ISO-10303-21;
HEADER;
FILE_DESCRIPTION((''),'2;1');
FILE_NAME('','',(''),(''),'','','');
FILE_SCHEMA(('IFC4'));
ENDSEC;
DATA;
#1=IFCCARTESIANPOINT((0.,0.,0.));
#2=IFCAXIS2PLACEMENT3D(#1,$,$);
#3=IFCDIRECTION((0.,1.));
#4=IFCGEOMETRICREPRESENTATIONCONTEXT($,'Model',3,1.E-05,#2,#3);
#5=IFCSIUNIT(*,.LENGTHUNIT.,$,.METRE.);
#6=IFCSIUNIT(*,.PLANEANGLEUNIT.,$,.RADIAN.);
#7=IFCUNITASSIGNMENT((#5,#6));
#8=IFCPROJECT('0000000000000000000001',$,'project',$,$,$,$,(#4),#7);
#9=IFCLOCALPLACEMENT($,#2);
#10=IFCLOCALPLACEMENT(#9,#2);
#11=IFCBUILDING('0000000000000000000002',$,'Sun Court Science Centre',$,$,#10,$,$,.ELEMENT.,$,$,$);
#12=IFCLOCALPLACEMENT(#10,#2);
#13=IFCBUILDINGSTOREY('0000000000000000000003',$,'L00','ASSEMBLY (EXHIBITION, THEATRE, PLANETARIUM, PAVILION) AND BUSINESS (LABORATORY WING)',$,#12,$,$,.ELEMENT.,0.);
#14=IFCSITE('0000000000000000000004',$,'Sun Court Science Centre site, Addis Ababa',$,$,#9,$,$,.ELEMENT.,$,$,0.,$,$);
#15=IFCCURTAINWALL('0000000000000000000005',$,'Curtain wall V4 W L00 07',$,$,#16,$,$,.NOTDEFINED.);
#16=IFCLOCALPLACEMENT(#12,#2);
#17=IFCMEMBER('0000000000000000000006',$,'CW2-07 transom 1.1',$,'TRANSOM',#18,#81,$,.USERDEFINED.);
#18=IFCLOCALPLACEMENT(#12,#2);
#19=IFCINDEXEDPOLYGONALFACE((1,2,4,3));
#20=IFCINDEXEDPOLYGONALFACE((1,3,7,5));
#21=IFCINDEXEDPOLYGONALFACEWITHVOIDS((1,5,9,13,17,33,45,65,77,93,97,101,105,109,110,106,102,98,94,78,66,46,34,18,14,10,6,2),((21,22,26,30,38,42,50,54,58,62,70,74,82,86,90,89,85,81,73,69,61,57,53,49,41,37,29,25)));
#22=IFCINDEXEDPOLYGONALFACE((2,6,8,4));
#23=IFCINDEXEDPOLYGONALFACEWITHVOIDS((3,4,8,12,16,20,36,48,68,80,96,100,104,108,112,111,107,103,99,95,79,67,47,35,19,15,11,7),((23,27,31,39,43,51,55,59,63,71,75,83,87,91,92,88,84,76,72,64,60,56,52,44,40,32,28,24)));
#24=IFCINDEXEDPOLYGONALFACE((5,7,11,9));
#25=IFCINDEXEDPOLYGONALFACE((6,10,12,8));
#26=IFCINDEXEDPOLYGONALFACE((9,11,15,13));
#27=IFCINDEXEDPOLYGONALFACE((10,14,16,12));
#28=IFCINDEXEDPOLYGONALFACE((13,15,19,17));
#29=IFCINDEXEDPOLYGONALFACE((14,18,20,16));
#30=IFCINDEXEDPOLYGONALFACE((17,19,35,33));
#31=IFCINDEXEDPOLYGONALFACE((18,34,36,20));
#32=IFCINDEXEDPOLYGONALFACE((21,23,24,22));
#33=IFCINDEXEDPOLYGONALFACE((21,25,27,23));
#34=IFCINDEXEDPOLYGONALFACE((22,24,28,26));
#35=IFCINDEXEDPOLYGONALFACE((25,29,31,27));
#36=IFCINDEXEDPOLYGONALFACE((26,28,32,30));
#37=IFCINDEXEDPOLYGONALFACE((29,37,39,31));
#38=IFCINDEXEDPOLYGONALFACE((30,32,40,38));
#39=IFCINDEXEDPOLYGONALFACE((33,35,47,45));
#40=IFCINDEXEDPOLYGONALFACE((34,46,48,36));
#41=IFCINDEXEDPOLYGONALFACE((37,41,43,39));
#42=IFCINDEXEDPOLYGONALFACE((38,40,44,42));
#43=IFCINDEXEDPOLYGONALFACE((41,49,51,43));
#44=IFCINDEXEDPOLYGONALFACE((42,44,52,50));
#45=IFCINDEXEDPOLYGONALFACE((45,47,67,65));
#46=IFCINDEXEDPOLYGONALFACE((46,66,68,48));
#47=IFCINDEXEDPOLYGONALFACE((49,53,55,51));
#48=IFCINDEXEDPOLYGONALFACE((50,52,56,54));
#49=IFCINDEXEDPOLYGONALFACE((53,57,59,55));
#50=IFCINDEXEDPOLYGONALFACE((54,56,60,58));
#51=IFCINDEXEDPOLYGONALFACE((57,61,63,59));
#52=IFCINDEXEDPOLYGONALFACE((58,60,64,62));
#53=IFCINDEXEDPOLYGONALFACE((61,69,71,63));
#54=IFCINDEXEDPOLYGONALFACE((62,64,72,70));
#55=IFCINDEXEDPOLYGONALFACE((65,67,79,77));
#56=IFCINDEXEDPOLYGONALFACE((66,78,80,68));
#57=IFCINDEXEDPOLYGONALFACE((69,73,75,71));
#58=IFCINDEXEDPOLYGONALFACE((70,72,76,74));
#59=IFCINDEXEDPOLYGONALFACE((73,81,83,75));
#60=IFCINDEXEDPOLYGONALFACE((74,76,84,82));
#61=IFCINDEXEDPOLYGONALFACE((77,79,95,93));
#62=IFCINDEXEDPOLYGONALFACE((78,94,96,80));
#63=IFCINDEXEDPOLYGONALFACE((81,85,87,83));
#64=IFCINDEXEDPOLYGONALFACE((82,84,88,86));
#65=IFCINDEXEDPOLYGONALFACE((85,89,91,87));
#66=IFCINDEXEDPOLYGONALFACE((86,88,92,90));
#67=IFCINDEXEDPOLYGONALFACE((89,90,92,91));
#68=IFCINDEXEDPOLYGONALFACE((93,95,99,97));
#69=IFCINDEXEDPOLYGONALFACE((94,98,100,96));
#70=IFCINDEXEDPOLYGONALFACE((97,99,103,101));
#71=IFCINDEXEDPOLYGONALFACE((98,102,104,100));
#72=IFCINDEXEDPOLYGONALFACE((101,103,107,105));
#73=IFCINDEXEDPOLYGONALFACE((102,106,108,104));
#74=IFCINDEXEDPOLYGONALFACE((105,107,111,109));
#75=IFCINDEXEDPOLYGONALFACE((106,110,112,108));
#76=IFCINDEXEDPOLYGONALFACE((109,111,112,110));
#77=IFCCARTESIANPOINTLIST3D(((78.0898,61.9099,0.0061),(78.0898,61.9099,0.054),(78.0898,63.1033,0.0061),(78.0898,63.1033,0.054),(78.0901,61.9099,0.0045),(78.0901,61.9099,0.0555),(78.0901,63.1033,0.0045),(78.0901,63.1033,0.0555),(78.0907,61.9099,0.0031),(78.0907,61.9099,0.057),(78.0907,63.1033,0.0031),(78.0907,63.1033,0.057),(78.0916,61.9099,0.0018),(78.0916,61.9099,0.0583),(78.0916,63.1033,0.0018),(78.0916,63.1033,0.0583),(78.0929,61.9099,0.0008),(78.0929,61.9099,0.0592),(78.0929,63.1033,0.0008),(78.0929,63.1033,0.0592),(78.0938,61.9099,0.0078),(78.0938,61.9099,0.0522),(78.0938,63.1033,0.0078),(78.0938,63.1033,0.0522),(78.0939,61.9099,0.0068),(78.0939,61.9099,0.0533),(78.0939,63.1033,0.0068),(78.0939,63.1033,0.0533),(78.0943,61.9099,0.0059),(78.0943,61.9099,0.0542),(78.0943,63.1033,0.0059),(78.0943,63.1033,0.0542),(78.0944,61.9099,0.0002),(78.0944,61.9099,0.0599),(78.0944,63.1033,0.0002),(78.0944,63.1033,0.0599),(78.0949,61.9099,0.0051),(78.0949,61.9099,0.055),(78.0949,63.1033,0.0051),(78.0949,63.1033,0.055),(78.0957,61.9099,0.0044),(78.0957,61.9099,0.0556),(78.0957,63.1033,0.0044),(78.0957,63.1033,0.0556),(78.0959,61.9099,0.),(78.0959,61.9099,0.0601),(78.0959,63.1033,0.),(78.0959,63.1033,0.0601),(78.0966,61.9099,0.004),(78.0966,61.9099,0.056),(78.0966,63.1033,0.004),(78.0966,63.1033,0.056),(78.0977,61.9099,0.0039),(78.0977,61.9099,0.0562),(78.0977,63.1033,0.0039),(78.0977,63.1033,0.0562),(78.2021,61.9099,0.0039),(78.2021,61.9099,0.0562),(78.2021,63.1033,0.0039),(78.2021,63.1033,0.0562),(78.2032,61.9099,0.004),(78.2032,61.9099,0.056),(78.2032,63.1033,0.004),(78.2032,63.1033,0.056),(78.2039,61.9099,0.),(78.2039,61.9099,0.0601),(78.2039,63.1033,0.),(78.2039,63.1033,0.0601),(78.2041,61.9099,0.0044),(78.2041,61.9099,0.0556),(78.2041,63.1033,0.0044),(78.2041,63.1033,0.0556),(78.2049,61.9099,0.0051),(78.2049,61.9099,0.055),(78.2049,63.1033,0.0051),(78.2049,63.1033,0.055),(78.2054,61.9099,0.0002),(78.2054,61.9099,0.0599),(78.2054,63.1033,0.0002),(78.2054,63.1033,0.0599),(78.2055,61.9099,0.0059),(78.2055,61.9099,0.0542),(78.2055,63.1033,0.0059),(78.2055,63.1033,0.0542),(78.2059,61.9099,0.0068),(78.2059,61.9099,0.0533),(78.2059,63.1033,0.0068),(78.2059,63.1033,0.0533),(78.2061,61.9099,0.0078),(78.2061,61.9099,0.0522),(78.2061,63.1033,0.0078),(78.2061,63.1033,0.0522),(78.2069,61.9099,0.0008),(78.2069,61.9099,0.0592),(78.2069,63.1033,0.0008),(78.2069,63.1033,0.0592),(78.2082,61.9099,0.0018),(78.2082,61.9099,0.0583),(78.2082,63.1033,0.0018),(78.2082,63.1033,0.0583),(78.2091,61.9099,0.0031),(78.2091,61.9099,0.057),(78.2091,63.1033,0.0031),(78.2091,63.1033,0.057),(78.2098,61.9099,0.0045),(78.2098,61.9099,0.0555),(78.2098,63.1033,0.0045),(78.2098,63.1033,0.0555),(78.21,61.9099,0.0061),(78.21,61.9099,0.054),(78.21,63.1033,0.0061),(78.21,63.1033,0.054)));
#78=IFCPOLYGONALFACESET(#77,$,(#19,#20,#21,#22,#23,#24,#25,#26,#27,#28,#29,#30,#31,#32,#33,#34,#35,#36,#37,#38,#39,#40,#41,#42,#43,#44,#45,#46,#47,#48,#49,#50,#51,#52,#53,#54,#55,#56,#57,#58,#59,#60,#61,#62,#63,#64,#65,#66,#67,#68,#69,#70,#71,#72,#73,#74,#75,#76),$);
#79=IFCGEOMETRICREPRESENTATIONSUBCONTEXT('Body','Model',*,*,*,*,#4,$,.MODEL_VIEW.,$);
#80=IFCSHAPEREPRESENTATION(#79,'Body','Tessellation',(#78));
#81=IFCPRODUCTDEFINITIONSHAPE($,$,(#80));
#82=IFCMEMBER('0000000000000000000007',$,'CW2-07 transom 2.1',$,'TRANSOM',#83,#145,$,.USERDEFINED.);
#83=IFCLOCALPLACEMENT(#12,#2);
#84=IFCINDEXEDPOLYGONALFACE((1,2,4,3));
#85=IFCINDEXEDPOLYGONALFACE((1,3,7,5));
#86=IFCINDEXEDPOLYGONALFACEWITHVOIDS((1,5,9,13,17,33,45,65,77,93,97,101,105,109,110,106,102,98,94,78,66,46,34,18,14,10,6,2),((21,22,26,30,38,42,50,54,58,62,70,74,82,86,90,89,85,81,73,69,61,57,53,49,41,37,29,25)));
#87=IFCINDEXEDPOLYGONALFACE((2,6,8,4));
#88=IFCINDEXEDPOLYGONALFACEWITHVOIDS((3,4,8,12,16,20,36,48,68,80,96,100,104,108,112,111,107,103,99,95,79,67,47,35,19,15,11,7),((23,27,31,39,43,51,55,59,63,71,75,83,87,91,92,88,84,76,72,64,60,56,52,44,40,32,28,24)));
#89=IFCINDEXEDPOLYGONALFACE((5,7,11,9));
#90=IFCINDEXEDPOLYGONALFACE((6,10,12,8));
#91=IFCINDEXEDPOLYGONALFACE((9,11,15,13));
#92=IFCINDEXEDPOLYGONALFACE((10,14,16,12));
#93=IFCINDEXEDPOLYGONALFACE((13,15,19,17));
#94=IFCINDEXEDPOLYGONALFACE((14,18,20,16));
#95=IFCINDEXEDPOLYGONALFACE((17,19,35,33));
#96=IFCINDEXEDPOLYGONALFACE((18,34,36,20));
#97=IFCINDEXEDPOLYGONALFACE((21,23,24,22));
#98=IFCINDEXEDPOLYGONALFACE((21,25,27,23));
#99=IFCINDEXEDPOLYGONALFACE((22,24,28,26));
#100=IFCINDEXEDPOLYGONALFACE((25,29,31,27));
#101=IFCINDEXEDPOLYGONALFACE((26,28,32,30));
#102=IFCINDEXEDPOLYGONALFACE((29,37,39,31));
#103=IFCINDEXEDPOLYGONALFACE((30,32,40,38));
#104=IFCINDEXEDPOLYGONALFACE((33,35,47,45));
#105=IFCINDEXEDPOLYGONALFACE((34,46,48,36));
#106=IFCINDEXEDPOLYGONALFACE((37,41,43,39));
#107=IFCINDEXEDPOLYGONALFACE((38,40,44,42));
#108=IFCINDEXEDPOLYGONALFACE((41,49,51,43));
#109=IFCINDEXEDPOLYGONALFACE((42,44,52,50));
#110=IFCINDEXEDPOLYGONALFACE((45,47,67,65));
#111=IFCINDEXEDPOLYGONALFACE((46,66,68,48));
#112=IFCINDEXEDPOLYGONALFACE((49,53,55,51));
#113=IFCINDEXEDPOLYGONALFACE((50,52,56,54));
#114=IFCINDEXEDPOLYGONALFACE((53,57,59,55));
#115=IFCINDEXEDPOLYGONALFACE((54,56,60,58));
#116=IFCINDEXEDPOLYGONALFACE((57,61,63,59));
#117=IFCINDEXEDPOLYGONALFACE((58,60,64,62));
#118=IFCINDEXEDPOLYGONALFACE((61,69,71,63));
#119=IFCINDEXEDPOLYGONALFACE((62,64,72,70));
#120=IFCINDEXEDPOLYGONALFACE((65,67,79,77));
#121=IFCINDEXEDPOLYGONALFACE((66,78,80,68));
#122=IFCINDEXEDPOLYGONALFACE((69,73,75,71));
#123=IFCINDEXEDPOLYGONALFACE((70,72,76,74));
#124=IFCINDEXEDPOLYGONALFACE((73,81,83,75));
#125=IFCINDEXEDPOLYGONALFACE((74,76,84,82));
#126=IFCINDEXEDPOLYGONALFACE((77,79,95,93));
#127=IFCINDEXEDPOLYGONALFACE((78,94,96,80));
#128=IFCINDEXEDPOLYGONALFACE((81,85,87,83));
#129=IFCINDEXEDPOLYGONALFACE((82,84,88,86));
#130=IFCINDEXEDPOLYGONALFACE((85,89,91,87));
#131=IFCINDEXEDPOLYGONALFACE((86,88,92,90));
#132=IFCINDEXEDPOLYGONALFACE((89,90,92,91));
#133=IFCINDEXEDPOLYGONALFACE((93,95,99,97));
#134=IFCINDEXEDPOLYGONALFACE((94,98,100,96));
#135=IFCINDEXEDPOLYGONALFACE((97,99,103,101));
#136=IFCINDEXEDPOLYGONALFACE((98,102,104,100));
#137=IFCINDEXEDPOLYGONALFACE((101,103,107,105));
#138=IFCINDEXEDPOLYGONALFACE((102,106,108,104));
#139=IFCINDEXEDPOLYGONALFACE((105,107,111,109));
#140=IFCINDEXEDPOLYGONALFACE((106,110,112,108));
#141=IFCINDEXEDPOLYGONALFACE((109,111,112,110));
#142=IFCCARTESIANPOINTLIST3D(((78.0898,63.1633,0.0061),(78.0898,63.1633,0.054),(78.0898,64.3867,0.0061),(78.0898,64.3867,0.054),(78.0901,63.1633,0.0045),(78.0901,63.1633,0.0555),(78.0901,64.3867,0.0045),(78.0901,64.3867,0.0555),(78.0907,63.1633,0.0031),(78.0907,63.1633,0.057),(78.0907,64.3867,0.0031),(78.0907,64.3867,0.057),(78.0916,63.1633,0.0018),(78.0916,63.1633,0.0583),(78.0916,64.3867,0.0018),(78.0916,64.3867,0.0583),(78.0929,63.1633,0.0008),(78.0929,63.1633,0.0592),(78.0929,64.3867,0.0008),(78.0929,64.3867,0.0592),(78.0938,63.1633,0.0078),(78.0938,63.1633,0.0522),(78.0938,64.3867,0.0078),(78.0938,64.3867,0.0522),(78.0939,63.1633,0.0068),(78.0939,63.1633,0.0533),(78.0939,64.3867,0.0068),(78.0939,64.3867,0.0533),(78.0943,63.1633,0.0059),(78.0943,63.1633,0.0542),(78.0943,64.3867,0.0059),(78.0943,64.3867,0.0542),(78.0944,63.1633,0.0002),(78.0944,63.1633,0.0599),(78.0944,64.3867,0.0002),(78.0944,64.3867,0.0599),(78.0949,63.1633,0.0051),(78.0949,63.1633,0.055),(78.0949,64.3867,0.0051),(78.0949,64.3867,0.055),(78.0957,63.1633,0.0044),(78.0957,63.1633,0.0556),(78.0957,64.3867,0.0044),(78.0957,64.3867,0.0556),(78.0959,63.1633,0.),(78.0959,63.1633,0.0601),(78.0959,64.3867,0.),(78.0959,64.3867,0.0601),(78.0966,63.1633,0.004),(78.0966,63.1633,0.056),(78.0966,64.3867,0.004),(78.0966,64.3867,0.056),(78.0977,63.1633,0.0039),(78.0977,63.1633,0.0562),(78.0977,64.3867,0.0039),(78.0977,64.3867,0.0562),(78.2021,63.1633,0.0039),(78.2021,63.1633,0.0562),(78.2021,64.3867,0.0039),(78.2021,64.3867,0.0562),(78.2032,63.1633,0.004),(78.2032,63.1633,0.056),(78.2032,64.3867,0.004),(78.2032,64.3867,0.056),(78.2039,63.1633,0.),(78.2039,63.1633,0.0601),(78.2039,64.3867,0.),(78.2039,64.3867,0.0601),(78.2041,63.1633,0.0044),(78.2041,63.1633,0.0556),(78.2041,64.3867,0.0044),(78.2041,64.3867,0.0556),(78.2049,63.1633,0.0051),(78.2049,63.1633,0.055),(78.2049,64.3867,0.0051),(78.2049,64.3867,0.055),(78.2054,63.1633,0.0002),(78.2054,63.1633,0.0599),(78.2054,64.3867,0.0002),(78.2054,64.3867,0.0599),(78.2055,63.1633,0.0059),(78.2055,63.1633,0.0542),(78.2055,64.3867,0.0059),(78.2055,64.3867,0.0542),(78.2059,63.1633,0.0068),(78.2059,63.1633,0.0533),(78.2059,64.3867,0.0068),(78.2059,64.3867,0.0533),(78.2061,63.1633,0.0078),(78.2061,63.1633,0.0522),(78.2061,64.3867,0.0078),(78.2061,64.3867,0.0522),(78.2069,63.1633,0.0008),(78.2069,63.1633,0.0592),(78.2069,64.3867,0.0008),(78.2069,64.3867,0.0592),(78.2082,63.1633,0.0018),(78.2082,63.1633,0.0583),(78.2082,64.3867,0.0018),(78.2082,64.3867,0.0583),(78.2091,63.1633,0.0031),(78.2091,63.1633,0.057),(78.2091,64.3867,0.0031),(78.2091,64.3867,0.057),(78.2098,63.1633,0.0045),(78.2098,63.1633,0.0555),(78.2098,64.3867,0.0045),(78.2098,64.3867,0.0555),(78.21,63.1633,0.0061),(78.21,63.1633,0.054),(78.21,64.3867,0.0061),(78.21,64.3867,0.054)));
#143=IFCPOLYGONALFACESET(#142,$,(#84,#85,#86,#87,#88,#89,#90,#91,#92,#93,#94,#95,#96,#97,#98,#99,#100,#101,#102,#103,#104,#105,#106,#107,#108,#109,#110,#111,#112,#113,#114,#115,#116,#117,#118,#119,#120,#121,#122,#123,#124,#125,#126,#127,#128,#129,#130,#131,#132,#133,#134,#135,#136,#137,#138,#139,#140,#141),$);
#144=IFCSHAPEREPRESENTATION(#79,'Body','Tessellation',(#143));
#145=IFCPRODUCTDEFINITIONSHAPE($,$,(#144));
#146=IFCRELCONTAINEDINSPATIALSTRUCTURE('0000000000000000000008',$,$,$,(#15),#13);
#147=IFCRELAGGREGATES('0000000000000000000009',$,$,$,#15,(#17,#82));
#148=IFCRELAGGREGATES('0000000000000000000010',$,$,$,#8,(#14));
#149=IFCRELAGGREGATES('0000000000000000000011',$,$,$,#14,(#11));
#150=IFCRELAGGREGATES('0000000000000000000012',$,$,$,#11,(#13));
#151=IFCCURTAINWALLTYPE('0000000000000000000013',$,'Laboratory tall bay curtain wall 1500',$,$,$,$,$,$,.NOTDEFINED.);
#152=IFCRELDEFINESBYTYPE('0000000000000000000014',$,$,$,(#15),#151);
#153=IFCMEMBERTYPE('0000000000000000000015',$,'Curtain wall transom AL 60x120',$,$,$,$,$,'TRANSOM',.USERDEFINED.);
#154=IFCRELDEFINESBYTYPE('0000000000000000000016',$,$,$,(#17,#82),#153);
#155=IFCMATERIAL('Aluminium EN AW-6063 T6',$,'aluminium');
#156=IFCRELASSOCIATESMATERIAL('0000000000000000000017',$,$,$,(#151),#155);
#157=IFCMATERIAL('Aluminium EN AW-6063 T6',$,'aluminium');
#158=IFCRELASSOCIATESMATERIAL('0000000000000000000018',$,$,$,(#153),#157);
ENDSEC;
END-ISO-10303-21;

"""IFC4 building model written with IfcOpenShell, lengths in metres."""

from ifc_helpers import new_model, si_unit, direction, frame, origin, origin_2d, place, context, subcontext, project, spatial, hollow_rectangle, extrude, material, material_profile, profile_set, type_object, element, aggregate, save


model = new_model("IFC4")

# Units and contexts
model_context = context("Model", 3, precision=1e-05, world=origin(), true_north=direction((0.0, 1.0)))
body_context = subcontext(model_context, "Body", "Model", "MODEL_VIEW")
ifc_project = project(units=[si_unit("LENGTHUNIT", "METRE"), si_unit("PLANEANGLEUNIT", "RADIAN")], contexts=[model_context])

# Site, building, storey
site_placement = place(None, origin())
site = spatial("IfcSite", under=ifc_project, at=site_placement, Name="Sun Court Science Centre site, Addis Ababa", CompositionType="ELEMENT", RefElevation=0.0)
building_placement = place(site_placement, origin())
building = spatial("IfcBuilding", under=site, at=building_placement, Name="Sun Court Science Centre", CompositionType="ELEMENT")
storey_placement = place(building_placement, origin())
storey = spatial("IfcBuildingStorey", under=building, at=storey_placement, Name="L00", Description="ASSEMBLY (EXHIBITION, THEATRE, PLANETARIUM, PAVILION) AND BUSINESS (LABORATORY WING)", CompositionType="ELEMENT", Elevation=0.0)

# Curtain wall, members
ifc_material_1 = material(Name="Aluminium EN AW-6063 T6", Category="aluminium")
curtain_wall_type = type_object("IfcCurtainWallType", Name="Laboratory tall bay curtain wall 1500", PredefinedType="NOTDEFINED", material=ifc_material_1)
curtain_wall_placement = place(storey_placement, origin())
curtain_wall = element("IfcCurtainWall", 1, at=curtain_wall_placement, inside=storey, type_object=curtain_wall_type, Name="Curtain wall V4 W L00 07", PredefinedType="NOTDEFINED")
ifc_material_2 = material(Name="Aluminium EN AW-6063 T6", Category="aluminium")
ifc_material_profile_1 = material_profile(ifc_material_2, hollow_rectangle(XDim=0.0601, YDim=0.1201, WallThickness=0.0039, InnerFilletRadius=0.0039, OuterFilletRadius=0.0061, at=origin_2d()), Name="AL 60x120x4")
ifc_profile_set_1 = profile_set([ifc_material_profile_1], Name="Aluminium EN AW-6063 T6")
member_type_1 = type_object("IfcMemberType", Name="Curtain wall transom AL 60x120", ElementType="TRANSOM", PredefinedType="USERDEFINED", material=ifc_profile_set_1)
member_1_placement = place(storey_placement, frame((78.1499, 61.9099, 0.03), z_axis=(0.0, 1.0, 0.0), x_axis=(0.0, 0.0, 1.0)))
member_1 = element("IfcMember", 2, at=member_1_placement, type_object=member_type_1, Name="CW2-07 transom 1.1", ObjectType="TRANSOM", PredefinedType="USERDEFINED", context=body_context, shape_type="SweptSolid", body=[
    extrude(hollow_rectangle(XDim=0.0601, YDim=0.1201, WallThickness=0.0039, InnerFilletRadius=0.0039, OuterFilletRadius=0.0061, at=origin_2d()), origin(), (0.0, 0.0, 1.0), 1.1934),
])
member_2_placement = place(storey_placement, frame((78.1499, 63.1633, 0.03), z_axis=(0.0, 1.0, 0.0), x_axis=(0.0, 0.0, 1.0)))
member_2 = element("IfcMember", 3, at=member_2_placement, type_object=member_type_1, Name="CW2-07 transom 2.1", ObjectType="TRANSOM", PredefinedType="USERDEFINED", context=body_context, shape_type="SweptSolid", body=[
    extrude(hollow_rectangle(XDim=0.0601, YDim=0.1201, WallThickness=0.0039, InnerFilletRadius=0.0039, OuterFilletRadius=0.0061, at=origin_2d()), origin(), (0.0, 0.0, 1.0), 1.2234),
])

aggregate(curtain_wall, [member_1, member_2])

save(model, "model.ifc")
